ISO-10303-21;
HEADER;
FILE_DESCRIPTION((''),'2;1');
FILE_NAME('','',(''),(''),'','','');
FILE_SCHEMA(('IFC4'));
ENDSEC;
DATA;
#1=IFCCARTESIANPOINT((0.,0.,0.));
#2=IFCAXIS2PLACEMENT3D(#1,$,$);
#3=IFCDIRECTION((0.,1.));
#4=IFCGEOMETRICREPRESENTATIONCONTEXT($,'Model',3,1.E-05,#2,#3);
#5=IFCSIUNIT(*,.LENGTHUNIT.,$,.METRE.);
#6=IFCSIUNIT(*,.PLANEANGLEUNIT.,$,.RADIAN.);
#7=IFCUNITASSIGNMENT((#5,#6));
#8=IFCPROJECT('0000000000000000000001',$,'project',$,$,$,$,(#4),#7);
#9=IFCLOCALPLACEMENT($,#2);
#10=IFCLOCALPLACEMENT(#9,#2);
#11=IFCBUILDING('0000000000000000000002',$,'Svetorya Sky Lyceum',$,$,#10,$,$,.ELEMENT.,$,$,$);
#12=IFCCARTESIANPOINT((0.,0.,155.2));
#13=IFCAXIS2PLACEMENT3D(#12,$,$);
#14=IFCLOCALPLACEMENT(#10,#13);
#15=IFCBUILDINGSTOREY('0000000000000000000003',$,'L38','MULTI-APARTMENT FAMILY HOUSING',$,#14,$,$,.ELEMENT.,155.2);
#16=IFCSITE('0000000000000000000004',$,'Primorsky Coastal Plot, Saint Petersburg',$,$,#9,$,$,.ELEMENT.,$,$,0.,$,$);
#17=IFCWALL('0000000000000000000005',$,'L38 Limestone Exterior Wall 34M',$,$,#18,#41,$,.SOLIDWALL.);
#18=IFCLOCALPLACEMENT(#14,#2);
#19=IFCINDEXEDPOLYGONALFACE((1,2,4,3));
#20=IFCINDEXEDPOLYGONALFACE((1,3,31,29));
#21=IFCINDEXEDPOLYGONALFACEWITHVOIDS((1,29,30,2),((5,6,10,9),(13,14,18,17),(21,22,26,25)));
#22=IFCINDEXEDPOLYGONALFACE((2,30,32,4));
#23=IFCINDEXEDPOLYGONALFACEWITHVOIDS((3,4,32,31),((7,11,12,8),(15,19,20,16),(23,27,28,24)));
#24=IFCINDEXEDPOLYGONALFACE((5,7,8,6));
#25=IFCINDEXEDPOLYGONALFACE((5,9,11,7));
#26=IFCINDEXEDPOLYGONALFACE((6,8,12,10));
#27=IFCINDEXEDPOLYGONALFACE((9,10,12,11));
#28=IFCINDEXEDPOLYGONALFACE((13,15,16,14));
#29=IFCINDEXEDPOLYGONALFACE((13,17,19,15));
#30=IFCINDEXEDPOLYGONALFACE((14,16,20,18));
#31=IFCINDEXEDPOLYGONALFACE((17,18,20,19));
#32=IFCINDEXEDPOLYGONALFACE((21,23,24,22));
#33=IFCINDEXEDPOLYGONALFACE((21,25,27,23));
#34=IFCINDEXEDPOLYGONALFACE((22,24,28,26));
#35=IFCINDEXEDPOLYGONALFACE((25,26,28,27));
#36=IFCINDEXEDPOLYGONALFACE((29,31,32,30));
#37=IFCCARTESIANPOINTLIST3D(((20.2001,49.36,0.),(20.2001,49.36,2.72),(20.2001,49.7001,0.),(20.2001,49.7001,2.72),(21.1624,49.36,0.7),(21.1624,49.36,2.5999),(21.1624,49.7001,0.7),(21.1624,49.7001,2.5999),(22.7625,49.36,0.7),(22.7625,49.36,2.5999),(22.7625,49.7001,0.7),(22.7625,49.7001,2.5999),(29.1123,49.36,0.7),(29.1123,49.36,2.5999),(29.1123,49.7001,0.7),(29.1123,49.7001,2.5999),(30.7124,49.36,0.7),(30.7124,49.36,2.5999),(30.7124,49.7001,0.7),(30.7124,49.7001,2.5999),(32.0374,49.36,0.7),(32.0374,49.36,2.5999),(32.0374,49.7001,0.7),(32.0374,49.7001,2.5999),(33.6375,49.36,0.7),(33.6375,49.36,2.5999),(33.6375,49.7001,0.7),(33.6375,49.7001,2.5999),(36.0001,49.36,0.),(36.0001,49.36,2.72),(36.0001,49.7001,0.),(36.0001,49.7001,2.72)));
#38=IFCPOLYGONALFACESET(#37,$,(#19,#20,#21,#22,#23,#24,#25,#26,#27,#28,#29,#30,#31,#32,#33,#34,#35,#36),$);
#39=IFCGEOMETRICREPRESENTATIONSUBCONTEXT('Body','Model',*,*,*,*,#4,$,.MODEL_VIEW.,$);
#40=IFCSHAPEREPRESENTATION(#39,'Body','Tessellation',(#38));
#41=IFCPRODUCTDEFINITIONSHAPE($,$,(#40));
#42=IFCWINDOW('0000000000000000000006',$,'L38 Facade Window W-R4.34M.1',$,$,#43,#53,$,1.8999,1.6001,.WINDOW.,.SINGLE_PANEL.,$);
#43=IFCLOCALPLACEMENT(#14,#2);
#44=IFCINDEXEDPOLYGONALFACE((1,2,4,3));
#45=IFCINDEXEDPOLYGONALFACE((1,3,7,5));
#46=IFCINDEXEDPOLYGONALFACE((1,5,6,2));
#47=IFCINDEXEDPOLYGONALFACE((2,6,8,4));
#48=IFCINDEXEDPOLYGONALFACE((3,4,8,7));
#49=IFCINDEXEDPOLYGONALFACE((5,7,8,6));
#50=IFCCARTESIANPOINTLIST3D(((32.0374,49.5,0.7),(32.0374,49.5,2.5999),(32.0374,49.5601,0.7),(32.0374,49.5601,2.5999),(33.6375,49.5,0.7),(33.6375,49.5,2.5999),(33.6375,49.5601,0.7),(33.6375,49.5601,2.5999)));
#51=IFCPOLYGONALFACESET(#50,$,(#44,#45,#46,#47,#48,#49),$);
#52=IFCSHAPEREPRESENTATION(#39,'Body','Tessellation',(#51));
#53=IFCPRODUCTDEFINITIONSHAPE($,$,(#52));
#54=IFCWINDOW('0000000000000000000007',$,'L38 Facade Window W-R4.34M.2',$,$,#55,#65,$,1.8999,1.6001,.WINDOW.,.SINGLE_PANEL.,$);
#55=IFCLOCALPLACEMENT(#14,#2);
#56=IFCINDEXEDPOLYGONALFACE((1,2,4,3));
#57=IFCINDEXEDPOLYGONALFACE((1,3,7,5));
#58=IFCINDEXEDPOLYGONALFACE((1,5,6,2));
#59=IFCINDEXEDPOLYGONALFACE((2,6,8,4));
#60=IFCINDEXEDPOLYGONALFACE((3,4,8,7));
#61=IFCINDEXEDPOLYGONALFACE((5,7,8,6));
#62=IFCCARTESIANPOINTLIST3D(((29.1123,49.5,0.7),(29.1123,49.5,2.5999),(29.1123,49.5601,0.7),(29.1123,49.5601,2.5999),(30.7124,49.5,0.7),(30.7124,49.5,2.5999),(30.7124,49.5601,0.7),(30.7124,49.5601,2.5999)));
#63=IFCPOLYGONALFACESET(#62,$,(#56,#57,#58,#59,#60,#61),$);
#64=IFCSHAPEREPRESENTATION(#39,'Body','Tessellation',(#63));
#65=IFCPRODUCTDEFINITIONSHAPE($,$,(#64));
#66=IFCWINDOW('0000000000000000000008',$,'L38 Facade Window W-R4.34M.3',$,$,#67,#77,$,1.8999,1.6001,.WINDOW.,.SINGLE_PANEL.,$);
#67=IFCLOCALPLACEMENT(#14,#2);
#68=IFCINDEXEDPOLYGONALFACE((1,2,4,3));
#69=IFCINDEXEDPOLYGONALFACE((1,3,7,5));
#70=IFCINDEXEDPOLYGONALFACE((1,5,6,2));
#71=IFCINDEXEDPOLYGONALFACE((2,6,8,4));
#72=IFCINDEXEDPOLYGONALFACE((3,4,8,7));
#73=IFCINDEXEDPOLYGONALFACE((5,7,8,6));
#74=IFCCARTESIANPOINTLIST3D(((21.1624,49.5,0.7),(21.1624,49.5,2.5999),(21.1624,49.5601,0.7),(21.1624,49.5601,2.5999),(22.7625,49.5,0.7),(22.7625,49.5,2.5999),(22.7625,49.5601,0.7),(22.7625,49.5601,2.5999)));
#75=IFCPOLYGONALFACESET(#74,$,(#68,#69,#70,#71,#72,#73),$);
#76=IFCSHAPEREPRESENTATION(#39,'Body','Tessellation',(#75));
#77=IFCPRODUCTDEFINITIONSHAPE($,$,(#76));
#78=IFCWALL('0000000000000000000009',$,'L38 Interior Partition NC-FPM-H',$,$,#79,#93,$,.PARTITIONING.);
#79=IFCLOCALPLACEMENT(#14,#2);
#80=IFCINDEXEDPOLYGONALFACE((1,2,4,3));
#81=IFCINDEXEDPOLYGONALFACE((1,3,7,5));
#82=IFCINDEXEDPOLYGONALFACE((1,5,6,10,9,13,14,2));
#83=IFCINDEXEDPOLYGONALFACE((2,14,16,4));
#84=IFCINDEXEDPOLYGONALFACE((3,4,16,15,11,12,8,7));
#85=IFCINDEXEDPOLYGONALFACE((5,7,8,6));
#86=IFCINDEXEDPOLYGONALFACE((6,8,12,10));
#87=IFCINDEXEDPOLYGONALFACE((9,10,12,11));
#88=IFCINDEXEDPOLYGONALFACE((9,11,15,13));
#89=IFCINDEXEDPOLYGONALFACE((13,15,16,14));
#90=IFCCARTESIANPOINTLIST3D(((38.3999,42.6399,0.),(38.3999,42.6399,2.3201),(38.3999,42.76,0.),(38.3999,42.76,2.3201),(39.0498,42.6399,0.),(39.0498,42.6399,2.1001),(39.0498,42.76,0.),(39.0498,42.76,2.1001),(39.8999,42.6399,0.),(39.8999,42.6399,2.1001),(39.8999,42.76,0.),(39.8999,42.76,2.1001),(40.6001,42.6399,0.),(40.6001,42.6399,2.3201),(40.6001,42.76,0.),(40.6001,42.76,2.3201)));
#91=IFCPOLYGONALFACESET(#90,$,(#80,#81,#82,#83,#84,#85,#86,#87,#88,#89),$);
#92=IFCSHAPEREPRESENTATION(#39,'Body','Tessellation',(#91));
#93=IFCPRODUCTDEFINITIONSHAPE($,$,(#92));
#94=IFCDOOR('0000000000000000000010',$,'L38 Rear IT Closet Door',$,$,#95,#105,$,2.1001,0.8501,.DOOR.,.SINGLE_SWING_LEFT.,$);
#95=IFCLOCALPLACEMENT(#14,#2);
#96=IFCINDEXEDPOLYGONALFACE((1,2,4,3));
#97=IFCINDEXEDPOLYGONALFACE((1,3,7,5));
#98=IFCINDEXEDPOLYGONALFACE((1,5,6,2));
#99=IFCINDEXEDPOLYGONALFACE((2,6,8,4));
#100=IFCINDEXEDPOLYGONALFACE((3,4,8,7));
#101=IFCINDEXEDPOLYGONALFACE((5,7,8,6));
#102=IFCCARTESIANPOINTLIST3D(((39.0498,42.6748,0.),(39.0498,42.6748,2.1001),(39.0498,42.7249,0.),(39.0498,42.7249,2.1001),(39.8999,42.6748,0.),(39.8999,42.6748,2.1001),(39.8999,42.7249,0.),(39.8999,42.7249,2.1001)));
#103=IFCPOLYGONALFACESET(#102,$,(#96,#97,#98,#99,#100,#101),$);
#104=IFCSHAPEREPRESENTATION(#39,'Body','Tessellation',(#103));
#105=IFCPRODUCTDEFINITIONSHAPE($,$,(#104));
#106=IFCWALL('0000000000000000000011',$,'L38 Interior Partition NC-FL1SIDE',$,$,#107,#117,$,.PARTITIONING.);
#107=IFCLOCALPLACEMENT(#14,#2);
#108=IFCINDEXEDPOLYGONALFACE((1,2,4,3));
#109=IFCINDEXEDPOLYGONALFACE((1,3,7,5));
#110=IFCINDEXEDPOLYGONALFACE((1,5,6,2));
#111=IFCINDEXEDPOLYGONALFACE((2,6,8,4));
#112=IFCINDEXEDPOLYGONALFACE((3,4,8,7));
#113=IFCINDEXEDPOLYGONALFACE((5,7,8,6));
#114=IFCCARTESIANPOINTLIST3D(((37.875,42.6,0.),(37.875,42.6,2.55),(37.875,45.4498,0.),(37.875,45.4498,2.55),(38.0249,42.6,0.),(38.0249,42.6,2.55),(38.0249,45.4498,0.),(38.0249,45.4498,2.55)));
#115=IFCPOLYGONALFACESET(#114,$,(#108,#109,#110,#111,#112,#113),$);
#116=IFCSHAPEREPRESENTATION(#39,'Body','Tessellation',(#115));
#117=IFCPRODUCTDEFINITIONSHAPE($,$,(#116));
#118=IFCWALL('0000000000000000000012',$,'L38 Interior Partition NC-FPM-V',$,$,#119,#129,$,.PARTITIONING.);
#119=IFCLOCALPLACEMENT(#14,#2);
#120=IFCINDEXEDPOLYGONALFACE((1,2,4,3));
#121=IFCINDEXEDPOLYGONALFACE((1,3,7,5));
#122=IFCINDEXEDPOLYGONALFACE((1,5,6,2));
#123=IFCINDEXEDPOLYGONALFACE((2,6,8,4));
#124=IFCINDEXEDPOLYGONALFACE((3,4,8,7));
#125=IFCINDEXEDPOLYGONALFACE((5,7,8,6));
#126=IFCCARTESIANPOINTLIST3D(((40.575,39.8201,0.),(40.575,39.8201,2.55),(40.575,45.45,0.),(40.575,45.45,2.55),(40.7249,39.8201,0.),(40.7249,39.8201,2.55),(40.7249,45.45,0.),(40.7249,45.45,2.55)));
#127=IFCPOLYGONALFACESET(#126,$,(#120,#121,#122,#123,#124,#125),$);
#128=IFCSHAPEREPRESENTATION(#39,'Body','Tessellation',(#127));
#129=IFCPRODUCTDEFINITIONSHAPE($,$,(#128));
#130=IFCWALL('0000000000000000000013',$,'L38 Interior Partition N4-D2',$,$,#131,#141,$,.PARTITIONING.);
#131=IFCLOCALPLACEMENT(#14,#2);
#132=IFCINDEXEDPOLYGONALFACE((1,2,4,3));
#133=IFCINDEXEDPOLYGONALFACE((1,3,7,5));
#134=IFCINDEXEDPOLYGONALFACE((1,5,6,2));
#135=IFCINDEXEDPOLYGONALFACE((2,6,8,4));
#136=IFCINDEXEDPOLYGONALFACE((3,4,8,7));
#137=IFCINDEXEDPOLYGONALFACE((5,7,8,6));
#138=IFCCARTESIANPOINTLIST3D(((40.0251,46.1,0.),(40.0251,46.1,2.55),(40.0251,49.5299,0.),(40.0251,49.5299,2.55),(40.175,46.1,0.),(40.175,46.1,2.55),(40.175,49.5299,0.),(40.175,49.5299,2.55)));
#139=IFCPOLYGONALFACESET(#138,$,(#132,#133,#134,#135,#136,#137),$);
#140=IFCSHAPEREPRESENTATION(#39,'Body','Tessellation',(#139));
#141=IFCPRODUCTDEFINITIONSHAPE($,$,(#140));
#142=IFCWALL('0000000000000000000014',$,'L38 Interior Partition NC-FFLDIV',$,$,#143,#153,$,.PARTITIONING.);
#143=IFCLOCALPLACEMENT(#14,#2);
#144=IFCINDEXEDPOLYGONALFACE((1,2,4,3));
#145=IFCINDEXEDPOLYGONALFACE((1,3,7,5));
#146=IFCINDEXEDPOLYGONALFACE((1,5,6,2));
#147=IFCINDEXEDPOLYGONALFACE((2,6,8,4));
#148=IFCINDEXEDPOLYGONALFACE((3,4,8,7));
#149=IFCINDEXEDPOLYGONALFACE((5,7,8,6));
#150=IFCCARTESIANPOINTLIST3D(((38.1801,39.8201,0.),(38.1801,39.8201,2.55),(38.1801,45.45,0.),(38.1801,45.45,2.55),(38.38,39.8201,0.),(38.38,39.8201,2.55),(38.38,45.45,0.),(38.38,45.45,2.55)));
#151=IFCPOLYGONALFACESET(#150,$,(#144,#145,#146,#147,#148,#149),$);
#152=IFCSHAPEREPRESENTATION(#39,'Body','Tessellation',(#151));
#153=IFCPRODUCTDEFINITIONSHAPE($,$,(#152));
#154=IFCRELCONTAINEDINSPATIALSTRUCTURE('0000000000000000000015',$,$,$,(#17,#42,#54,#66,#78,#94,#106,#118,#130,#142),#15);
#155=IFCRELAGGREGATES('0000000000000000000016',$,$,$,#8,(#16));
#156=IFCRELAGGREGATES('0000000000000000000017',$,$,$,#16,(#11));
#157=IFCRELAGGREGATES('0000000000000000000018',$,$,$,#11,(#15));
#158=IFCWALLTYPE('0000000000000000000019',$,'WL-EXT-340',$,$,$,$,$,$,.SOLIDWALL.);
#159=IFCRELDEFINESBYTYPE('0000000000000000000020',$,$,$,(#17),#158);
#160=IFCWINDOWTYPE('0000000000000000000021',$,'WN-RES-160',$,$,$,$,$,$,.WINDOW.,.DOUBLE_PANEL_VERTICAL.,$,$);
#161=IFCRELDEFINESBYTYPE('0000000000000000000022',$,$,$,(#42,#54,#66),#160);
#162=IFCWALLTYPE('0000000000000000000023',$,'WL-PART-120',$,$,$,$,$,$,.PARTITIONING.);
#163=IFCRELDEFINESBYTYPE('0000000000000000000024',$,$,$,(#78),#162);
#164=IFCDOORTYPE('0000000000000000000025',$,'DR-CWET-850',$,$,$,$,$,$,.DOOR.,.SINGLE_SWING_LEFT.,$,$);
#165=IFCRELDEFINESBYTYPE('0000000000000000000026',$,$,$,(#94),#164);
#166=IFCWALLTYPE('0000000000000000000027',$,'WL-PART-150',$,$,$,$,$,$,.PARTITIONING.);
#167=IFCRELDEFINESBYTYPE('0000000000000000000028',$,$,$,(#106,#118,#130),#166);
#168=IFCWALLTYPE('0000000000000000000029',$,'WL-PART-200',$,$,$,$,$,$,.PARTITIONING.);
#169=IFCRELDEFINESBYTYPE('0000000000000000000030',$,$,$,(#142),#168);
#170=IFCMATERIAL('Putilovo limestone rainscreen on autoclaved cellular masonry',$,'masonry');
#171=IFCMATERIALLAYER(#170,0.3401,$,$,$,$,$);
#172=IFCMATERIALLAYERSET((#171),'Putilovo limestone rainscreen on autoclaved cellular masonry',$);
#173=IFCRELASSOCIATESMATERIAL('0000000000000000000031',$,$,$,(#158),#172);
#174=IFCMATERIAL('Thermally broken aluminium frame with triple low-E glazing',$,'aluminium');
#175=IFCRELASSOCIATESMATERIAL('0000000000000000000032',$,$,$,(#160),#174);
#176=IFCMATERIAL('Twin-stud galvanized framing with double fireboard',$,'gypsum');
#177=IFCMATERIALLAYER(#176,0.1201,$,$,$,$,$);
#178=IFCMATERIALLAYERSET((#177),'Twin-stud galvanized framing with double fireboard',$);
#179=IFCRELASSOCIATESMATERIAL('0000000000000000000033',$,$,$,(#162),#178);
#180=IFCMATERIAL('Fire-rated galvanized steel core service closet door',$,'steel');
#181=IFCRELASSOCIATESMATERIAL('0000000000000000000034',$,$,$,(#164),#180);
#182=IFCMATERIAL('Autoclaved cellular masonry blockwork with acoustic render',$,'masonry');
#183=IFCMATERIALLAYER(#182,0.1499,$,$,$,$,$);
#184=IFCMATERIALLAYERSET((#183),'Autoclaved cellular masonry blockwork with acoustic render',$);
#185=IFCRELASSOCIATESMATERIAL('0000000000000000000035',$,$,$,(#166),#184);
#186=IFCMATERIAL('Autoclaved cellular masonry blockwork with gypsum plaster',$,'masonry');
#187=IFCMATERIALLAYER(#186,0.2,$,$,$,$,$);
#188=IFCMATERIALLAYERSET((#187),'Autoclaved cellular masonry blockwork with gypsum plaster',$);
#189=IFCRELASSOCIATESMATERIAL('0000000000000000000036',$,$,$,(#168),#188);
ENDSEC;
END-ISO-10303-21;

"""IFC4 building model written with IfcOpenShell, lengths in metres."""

from ifc_helpers import new_model, si_unit, direction, frame, frame_2d, origin, place, context, subcontext, project, spatial, rectangle, extrude, material, layer, layer_set, type_object, element, fill, save


model = new_model("IFC4")

# Units and contexts
model_context = context("Model", 3, precision=1e-05, world=origin(), true_north=direction((0.0, 1.0)))
body_context = subcontext(model_context, "Body", "Model", "MODEL_VIEW")
ifc_project = project(units=[si_unit("LENGTHUNIT", "METRE"), si_unit("PLANEANGLEUNIT", "RADIAN")], contexts=[model_context])

# Site, building, storey
site_placement = place(None, origin())
site = spatial("IfcSite", under=ifc_project, at=site_placement, Name="Primorsky Coastal Plot, Saint Petersburg", CompositionType="ELEMENT", RefElevation=0.0)
building_placement = place(site_placement, origin())
building = spatial("IfcBuilding", under=site, at=building_placement, Name="Svetorya Sky Lyceum", CompositionType="ELEMENT")
storey_placement = place(building_placement, frame((0.0, 0.0, 155.2)))
storey = spatial("IfcBuildingStorey", under=building, at=storey_placement, Name="L38", Description="MULTI-APARTMENT FAMILY HOUSING", CompositionType="ELEMENT", Elevation=155.2)

# Shared definitions
ifc_material_1 = material(Name="Putilovo limestone rainscreen on autoclaved cellular masonry", Category="masonry")
ifc_layer_1 = layer(ifc_material_1, 0.3401)
ifc_layer_set_1 = layer_set([ifc_layer_1], Name="Putilovo limestone rainscreen on autoclaved cellular masonry")
wall_type_1 = type_object("IfcWallType", Name="WL-EXT-340", PredefinedType="SOLIDWALL", material=ifc_layer_set_1)

# Wall, openings, windows
wall_1_placement = place(storey_placement, frame((36.0, 49.53, 0.0), z_axis=(0.0, 0.0, 1.0), x_axis=(-1.0, 0.0, 0.0)))
wall_1 = element("IfcWall", 1, at=wall_1_placement, inside=storey, type_object=wall_type_1, Name="L38 Limestone Exterior Wall 34M", PredefinedType="SOLIDWALL", context=body_context, shape_type="SweptSolid", body=[
    extrude(rectangle(XDim=15.8, YDim=0.3401, at=frame_2d((7.8999, 0.0))), origin(), (0.0, 0.0, 1.0), 2.72),
])
opening_1_placement = place(wall_1_placement, frame((2.3625, 0.0, 0.7)))
opening_1 = element("IfcOpeningElement", 2, at=opening_1_placement, cuts=wall_1, PredefinedType="OPENING", context=body_context, shape_type="SweptSolid", body=[
    extrude(rectangle(XDim=1.6001, YDim=1.8999, at=frame_2d((0.8, 0.95))), frame((0.0, 0.1799, 0.0), z_axis=(0.0, -1.0, 0.0), x_axis=(1.0, 0.0, 0.0)), (0.0, 0.0, 1.0), 0.3601),
])
opening_2_placement = place(wall_1_placement, frame((5.2876, 0.0, 0.7)))
opening_2 = element("IfcOpeningElement", 3, at=opening_2_placement, cuts=wall_1, PredefinedType="OPENING", context=body_context, shape_type="SweptSolid", body=[
    extrude(rectangle(XDim=1.6001, YDim=1.8999, at=frame_2d((0.8, 0.95))), frame((0.0, 0.1799, 0.0), z_axis=(0.0, -1.0, 0.0), x_axis=(1.0, 0.0, 0.0)), (0.0, 0.0, 1.0), 0.3601),
])
opening_3_placement = place(wall_1_placement, frame((13.2375, 0.0, 0.7)))
opening_3 = element("IfcOpeningElement", 4, at=opening_3_placement, cuts=wall_1, PredefinedType="OPENING", context=body_context, shape_type="SweptSolid", body=[
    extrude(rectangle(XDim=1.6001, YDim=1.8999, at=frame_2d((0.8, 0.95))), frame((0.0, 0.1799, 0.0), z_axis=(0.0, -1.0, 0.0), x_axis=(1.0, 0.0, 0.0)), (0.0, 0.0, 1.0), 0.3601),
])
ifc_material_2 = material(Name="Thermally broken aluminium frame with triple low-E glazing", Category="aluminium")
window_type = type_object("IfcWindowType", Name="WN-RES-160", PartitioningType="DOUBLE_PANEL_VERTICAL", PredefinedType="WINDOW", material=ifc_material_2)
window_1_placement = place(opening_1_placement, origin())
window_1 = element("IfcWindow", 5, at=window_1_placement, inside=storey, type_object=window_type, Name="L38 Facade Window W-R4.34M.1", OverallHeight=1.8999, OverallWidth=1.6001, PartitioningType="SINGLE_PANEL", PredefinedType="WINDOW", context=body_context, shape_type="SweptSolid", body=[
    extrude(rectangle(XDim=1.6001, YDim=1.8999, at=frame_2d((0.8, 0.95))), frame((0.0, 0.03, 0.0), z_axis=(0.0, -1.0, 0.0), x_axis=(1.0, 0.0, 0.0)), (0.0, 0.0, 1.0), 0.0601),
])
fill(opening_1, window_1)
window_2_placement = place(opening_2_placement, origin())
window_2 = element("IfcWindow", 6, at=window_2_placement, inside=storey, type_object=window_type, Name="L38 Facade Window W-R4.34M.2", OverallHeight=1.8999, OverallWidth=1.6001, PartitioningType="SINGLE_PANEL", PredefinedType="WINDOW", context=body_context, shape_type="SweptSolid", body=[
    extrude(rectangle(XDim=1.6001, YDim=1.8999, at=frame_2d((0.8, 0.95))), frame((0.0, 0.03, 0.0), z_axis=(0.0, -1.0, 0.0), x_axis=(1.0, 0.0, 0.0)), (0.0, 0.0, 1.0), 0.0601),
])
fill(opening_2, window_2)
window_3_placement = place(opening_3_placement, origin())
window_3 = element("IfcWindow", 7, at=window_3_placement, inside=storey, type_object=window_type, Name="L38 Facade Window W-R4.34M.3", OverallHeight=1.8999, OverallWidth=1.6001, PartitioningType="SINGLE_PANEL", PredefinedType="WINDOW", context=body_context, shape_type="SweptSolid", body=[
    extrude(rectangle(XDim=1.6001, YDim=1.8999, at=frame_2d((0.8, 0.95))), frame((0.0, 0.03, 0.0), z_axis=(0.0, -1.0, 0.0), x_axis=(1.0, 0.0, 0.0)), (0.0, 0.0, 1.0), 0.0601),
])
fill(opening_3, window_3)

# Wall, opening, door
ifc_material_3 = material(Name="Twin-stud galvanized framing with double fireboard", Category="gypsum")
ifc_layer_2 = layer(ifc_material_3, 0.1201)
ifc_layer_set_2 = layer_set([ifc_layer_2], Name="Twin-stud galvanized framing with double fireboard")
wall_type_2 = type_object("IfcWallType", Name="WL-PART-120", PredefinedType="PARTITIONING", material=ifc_layer_set_2)
wall_2_placement = place(storey_placement, frame((38.3999, 42.7, 0.0), z_axis=(0.0, 0.0, 1.0), x_axis=(1.0, 0.0, 0.0)))
wall_2 = element("IfcWall", 8, at=wall_2_placement, inside=storey, type_object=wall_type_2, Name="L38 Interior Partition NC-FPM-H", PredefinedType="PARTITIONING", context=body_context, shape_type="SweptSolid", body=[
    extrude(rectangle(XDim=2.2002, YDim=0.1201, at=frame_2d((1.1001, 0.0))), origin(), (0.0, 0.0, 1.0), 2.3201),
])
opening_4_placement = place(wall_2_placement, frame((0.6499, 0.0, 0.0)))
opening_4 = element("IfcOpeningElement", 9, at=opening_4_placement, cuts=wall_2, PredefinedType="OPENING", context=body_context, shape_type="SweptSolid", body=[
    extrude(rectangle(XDim=0.8501, YDim=2.1001, at=frame_2d((0.425, 1.05))), frame((0.0, 0.0701, 0.0), z_axis=(0.0, -1.0, 0.0), x_axis=(1.0, 0.0, 0.0)), (0.0, 0.0, 1.0), 0.1401),
])
ifc_material_4 = material(Name="Fire-rated galvanized steel core service closet door", Category="steel")
door_type_1 = type_object("IfcDoorType", Name="DR-CWET-850", OperationType="SINGLE_SWING_LEFT", PredefinedType="DOOR", material=ifc_material_4)
door_1_placement = place(opening_4_placement, origin())
door_1 = element("IfcDoor", 10, at=door_1_placement, inside=storey, type_object=door_type_1, Name="L38 Rear IT Closet Door", OperationType="SINGLE_SWING_LEFT", OverallHeight=2.1001, OverallWidth=0.8501, PredefinedType="DOOR", context=body_context, shape_type="SweptSolid", body=[
    extrude(rectangle(XDim=0.8501, YDim=2.1001, at=frame_2d((0.425, 1.05))), frame((0.0, 0.0249, 0.0), z_axis=(0.0, -1.0, 0.0), x_axis=(1.0, 0.0, 0.0)), (0.0, 0.0, 1.0), 0.05),
])
fill(opening_4, door_1)

# Walls
ifc_material_5 = material(Name="Autoclaved cellular masonry blockwork with acoustic render", Category="masonry")
ifc_layer_3 = layer(ifc_material_5, 0.1499)
ifc_layer_set_3 = layer_set([ifc_layer_3], Name="Autoclaved cellular masonry blockwork with acoustic render")
wall_type_3 = type_object("IfcWallType", Name="WL-PART-150", PredefinedType="PARTITIONING", material=ifc_layer_set_3)
wall_3_placement = place(storey_placement, frame((37.95, 42.6001, 0.0), z_axis=(0.0, 0.0, 1.0), x_axis=(0.0, 1.0, 0.0)))
element("IfcWall", 11, at=wall_3_placement, inside=storey, type_object=wall_type_3, Name="L38 Interior Partition NC-FL1SIDE", PredefinedType="PARTITIONING", context=body_context, shape_type="SweptSolid", body=[
    extrude(rectangle(XDim=2.8499, YDim=0.1499, at=frame_2d((1.4248, 0.0))), origin(), (0.0, 0.0, 1.0), 2.55),
])
wall_4_placement = place(storey_placement, frame((40.6499, 39.8201, 0.0), z_axis=(0.0, 0.0, 1.0), x_axis=(0.0, 1.0, 0.0)))
element("IfcWall", 12, at=wall_4_placement, inside=storey, type_object=wall_type_3, Name="L38 Interior Partition NC-FPM-V", PredefinedType="PARTITIONING", context=body_context, shape_type="SweptSolid", body=[
    extrude(rectangle(XDim=5.6299, YDim=0.1499, at=frame_2d((2.8149, 0.0))), origin(), (0.0, 0.0, 1.0), 2.55),
])
wall_5_placement = place(storey_placement, frame((40.1001, 46.1001, 0.0), z_axis=(0.0, 0.0, 1.0), x_axis=(0.0, 1.0, 0.0)))
element("IfcWall", 13, at=wall_5_placement, inside=storey, type_object=wall_type_3, Name="L38 Interior Partition N4-D2", PredefinedType="PARTITIONING", context=body_context, shape_type="SweptSolid", body=[
    extrude(rectangle(XDim=3.4299, YDim=0.1499, at=frame_2d((1.7148, 0.0))), origin(), (0.0, 0.0, 1.0), 2.55),
])

# Shared definitions
ifc_material_6 = material(Name="Autoclaved cellular masonry blockwork with gypsum plaster", Category="masonry")
ifc_layer_4 = layer(ifc_material_6, 0.2)
ifc_layer_set_4 = layer_set([ifc_layer_4], Name="Autoclaved cellular masonry blockwork with gypsum plaster")
wall_type_4 = type_object("IfcWallType", Name="WL-PART-200", PredefinedType="PARTITIONING", material=ifc_layer_set_4)

# Wall
wall_6_placement = place(storey_placement, frame((38.28, 39.8201, 0.0), z_axis=(0.0, 0.0, 1.0), x_axis=(0.0, 1.0, 0.0)))
element("IfcWall", 14, at=wall_6_placement, inside=storey, type_object=wall_type_4, Name="L38 Interior Partition NC-FFLDIV", PredefinedType="PARTITIONING", context=body_context, shape_type="SweptSolid", body=[
    extrude(rectangle(XDim=5.6299, YDim=0.2, at=frame_2d((2.8149, 0.0))), origin(), (0.0, 0.0, 1.0), 2.55),
])

save(model, "model.ifc")
